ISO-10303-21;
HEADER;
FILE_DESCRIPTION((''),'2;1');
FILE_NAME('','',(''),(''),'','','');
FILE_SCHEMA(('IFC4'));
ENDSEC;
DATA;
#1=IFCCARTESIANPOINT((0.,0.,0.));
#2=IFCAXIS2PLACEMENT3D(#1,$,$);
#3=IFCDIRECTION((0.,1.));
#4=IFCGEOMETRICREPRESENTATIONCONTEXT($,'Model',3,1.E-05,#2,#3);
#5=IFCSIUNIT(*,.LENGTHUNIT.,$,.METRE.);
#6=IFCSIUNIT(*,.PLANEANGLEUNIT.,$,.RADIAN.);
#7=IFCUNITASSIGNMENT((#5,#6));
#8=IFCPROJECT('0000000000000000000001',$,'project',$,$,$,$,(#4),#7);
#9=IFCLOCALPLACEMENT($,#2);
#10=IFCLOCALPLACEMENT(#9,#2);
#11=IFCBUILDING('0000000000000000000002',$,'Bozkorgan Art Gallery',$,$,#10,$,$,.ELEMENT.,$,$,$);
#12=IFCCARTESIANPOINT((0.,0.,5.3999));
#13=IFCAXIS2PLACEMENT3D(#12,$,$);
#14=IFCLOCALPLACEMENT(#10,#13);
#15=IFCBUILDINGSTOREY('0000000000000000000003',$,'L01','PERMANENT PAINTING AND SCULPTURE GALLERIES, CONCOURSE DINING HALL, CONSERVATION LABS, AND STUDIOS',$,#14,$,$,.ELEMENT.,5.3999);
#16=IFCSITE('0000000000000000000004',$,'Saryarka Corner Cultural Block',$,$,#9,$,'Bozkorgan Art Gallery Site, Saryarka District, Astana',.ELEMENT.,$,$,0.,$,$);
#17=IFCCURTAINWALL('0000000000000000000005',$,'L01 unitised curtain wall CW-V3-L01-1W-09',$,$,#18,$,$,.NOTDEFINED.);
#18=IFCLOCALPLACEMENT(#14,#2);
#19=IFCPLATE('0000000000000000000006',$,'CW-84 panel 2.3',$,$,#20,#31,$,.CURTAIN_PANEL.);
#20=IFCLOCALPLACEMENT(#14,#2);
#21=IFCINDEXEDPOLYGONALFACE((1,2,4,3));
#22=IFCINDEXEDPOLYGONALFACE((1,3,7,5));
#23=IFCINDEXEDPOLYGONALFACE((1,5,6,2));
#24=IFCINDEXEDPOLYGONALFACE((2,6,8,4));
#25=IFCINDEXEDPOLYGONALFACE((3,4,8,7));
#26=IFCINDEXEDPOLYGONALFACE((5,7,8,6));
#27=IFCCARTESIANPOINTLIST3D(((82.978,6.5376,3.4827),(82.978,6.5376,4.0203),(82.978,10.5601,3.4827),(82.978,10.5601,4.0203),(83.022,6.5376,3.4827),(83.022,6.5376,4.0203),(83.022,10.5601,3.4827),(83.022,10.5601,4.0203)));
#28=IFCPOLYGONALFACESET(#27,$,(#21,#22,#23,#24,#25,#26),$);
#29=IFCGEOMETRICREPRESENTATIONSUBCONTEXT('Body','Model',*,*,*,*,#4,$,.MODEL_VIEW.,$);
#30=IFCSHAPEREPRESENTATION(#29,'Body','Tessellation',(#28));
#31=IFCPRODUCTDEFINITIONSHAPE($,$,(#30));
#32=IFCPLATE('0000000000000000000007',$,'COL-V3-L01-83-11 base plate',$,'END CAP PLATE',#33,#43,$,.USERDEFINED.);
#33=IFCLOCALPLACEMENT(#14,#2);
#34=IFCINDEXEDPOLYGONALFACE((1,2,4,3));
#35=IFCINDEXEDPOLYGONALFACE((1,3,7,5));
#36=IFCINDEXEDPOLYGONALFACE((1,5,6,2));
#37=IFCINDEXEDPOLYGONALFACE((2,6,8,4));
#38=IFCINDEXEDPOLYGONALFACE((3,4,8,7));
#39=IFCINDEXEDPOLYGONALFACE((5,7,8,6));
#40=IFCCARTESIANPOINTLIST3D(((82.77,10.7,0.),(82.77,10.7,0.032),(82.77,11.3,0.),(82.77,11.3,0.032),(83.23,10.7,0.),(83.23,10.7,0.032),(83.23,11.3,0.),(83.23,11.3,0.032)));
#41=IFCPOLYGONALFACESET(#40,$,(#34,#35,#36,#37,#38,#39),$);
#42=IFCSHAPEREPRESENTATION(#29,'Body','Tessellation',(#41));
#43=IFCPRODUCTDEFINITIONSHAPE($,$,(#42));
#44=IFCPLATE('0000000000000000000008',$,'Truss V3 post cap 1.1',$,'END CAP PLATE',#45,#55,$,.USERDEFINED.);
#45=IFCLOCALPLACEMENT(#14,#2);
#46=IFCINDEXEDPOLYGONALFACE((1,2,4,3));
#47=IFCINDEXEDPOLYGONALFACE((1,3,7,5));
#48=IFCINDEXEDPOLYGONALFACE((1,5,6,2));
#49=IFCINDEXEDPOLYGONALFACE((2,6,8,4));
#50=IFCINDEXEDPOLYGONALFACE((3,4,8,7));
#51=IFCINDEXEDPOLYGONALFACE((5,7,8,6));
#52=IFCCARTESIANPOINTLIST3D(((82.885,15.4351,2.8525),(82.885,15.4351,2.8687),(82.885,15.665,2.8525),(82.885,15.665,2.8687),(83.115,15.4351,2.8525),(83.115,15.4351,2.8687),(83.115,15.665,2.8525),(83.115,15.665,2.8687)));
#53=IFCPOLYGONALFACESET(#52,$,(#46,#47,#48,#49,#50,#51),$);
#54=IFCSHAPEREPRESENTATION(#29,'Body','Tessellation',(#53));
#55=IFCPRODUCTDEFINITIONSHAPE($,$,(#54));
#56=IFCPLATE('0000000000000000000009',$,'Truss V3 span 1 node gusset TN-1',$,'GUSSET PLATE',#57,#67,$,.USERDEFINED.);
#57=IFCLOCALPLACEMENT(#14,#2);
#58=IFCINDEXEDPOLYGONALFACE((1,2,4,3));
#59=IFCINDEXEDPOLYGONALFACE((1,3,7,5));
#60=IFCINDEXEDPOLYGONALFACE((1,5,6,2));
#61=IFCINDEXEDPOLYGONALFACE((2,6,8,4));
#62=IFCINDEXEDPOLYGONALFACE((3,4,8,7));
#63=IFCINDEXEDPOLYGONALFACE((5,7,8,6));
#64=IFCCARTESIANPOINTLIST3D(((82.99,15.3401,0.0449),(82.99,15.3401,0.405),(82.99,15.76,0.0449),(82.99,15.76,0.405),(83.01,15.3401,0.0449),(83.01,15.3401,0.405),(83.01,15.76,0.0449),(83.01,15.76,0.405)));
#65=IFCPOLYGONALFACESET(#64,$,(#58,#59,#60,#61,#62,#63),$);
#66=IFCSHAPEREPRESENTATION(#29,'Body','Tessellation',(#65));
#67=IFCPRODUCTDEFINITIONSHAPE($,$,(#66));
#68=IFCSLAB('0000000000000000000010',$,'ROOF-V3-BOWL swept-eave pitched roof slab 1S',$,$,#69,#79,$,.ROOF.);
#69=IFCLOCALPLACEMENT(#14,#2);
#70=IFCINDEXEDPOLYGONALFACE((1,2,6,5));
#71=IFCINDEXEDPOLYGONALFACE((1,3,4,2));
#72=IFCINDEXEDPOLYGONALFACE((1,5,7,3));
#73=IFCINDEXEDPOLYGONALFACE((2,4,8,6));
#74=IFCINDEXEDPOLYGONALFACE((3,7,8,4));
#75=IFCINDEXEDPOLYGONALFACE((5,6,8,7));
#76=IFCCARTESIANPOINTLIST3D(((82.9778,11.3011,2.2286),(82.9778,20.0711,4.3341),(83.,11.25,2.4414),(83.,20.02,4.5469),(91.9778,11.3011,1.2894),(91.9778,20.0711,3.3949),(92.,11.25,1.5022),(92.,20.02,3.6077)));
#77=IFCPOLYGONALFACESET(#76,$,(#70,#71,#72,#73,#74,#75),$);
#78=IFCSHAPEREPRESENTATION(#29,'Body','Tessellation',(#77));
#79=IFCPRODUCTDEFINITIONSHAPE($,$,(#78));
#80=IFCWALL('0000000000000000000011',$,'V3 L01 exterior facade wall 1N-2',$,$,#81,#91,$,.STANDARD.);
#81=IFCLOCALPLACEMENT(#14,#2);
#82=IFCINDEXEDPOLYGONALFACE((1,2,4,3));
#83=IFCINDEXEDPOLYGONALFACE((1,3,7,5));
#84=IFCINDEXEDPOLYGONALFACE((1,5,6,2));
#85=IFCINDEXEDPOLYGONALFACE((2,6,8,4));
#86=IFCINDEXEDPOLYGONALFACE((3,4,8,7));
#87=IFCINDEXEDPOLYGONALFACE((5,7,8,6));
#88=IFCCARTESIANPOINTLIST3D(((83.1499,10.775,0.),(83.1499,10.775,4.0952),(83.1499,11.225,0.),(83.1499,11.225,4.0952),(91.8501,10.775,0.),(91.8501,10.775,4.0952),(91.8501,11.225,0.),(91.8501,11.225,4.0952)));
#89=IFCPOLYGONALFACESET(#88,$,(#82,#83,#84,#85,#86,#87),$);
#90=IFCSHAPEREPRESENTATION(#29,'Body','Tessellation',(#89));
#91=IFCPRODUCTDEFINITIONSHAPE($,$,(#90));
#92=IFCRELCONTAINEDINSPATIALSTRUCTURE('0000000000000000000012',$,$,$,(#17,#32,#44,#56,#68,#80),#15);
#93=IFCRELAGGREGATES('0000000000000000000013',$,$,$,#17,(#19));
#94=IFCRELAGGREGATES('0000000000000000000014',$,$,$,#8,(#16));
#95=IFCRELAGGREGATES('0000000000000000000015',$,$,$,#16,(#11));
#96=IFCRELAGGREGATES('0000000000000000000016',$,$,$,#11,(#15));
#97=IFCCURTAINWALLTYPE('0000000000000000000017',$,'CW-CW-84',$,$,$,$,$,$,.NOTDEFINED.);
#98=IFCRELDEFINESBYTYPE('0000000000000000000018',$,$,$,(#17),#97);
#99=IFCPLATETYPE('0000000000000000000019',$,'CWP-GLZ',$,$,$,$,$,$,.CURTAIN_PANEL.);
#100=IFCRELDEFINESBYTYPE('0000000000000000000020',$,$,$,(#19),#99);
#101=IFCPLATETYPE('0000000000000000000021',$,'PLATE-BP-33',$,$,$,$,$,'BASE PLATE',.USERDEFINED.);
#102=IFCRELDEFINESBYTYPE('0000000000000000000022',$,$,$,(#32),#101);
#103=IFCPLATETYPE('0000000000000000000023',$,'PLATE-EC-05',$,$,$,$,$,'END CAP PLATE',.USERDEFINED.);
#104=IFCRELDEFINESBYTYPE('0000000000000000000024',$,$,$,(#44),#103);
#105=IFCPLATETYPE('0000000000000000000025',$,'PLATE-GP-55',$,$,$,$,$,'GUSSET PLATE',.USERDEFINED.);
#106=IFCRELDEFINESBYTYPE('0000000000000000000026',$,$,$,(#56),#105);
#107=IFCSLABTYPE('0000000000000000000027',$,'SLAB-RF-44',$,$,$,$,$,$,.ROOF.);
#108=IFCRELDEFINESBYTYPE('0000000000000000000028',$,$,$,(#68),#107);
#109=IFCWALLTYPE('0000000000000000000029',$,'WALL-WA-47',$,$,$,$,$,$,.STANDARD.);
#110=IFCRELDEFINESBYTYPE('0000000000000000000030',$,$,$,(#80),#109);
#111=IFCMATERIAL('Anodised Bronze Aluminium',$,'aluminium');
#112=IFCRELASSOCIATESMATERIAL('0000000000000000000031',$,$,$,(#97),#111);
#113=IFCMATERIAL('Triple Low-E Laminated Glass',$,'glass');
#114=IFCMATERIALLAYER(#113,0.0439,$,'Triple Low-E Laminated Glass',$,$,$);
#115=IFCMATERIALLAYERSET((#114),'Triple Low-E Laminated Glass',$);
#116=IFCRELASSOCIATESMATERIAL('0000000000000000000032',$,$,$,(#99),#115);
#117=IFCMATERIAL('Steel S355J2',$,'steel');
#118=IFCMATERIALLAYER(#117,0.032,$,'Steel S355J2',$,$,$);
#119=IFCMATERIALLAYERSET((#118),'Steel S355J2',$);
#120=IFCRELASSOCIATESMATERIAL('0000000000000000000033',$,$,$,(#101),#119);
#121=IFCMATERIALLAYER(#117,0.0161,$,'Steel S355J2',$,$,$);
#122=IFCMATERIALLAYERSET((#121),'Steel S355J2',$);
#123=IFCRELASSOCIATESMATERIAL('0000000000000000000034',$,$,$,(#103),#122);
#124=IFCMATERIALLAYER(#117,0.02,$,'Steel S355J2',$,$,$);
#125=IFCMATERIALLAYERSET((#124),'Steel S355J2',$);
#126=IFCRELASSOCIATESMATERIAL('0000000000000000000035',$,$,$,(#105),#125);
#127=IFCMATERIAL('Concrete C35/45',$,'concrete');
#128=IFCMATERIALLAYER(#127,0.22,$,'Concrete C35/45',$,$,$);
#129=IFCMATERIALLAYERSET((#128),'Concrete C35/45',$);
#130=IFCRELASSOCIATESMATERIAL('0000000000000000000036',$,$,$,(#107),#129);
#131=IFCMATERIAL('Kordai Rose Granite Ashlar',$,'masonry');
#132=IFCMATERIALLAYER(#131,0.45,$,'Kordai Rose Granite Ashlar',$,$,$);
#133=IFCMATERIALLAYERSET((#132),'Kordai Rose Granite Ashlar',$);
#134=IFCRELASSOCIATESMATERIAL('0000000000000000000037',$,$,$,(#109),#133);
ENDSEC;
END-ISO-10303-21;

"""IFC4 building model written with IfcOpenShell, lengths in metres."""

from ifc_helpers import new_model, si_unit, direction, frame, frame_2d, origin, origin_2d, place, context, subcontext, project, spatial, polyline, rectangle, outline, extrude, material, layer, layer_set, type_object, element, aggregate, save


model = new_model("IFC4")

# Units and contexts
model_context = context("Model", 3, precision=1e-05, world=origin(), true_north=direction((0.0, 1.0)))
body_context = subcontext(model_context, "Body", "Model", "MODEL_VIEW")
ifc_project = project(units=[si_unit("LENGTHUNIT", "METRE"), si_unit("PLANEANGLEUNIT", "RADIAN")], contexts=[model_context])

# Site, building, storey
site_placement = place(None, origin())
site = spatial("IfcSite", under=ifc_project, at=site_placement, Name="Saryarka Corner Cultural Block", LongName="Bozkorgan Art Gallery Site, Saryarka District, Astana", CompositionType="ELEMENT", RefElevation=0.0)
building_placement = place(site_placement, origin())
building = spatial("IfcBuilding", under=site, at=building_placement, Name="Bozkorgan Art Gallery", CompositionType="ELEMENT")
storey_placement = place(building_placement, frame((0.0, 0.0, 5.3999)))
storey = spatial("IfcBuildingStorey", under=building, at=storey_placement, Name="L01", Description="PERMANENT PAINTING AND SCULPTURE GALLERIES, CONCOURSE DINING HALL, CONSERVATION LABS, AND STUDIOS", CompositionType="ELEMENT", Elevation=5.3999)

# Shared definitions
ifc_material_1 = material(Name="Steel S355J2", Category="steel")

# Shared definitions
ifc_material_2 = material(Name="Anodised Bronze Aluminium", Category="aluminium")
curtain_wall_type = type_object("IfcCurtainWallType", Name="CW-CW-84", PredefinedType="NOTDEFINED", material=ifc_material_2)

# Curtain wall
curtain_wall_1_placement = place(storey_placement, origin())
curtain_wall_1 = element("IfcCurtainWall", 1, at=curtain_wall_1_placement, inside=storey, type_object=curtain_wall_type, Name="L01 unitised curtain wall CW-V3-L01-1W-09", PredefinedType="NOTDEFINED")

# Plate
ifc_material_3 = material(Name="Triple Low-E Laminated Glass", Category="glass")
ifc_layer_1 = layer(ifc_material_3, 0.0439, Name="Triple Low-E Laminated Glass")
ifc_layer_set_1 = layer_set([ifc_layer_1], Name="Triple Low-E Laminated Glass")
plate_type_1 = type_object("IfcPlateType", Name="CWP-GLZ", PredefinedType="CURTAIN_PANEL", material=ifc_layer_set_1)
plate_1_placement = place(storey_placement, frame((83.0, 8.5488, 3.4827), z_axis=(0.0, 0.0, 1.0), x_axis=(0.0, 1.0, 0.0)))
plate_1 = element("IfcPlate", 2, at=plate_1_placement, type_object=plate_type_1, Name="CW-84 panel 2.3", PredefinedType="CURTAIN_PANEL", context=body_context, shape_type="SweptSolid", body=[
    extrude(rectangle(XDim=4.0225, YDim=0.0439, at=origin_2d()), origin(), (0.0, 0.0, 1.0), 0.5376),
])
aggregate(curtain_wall_1, [plate_1])

# Plates
ifc_layer_2 = layer(ifc_material_1, 0.032, Name="Steel S355J2")
ifc_layer_set_2 = layer_set([ifc_layer_2], Name="Steel S355J2")
plate_type_2 = type_object("IfcPlateType", Name="PLATE-BP-33", ElementType="BASE PLATE", PredefinedType="USERDEFINED", material=ifc_layer_set_2)
plate_2_placement = place(storey_placement, frame((83.0, 11.0, 0.0), z_axis=(0.0, 0.0, 1.0), x_axis=(1.0, 0.0, 0.0)))
element("IfcPlate", 3, at=plate_2_placement, inside=storey, type_object=plate_type_2, Name="COL-V3-L01-83-11 base plate", ObjectType="END CAP PLATE", PredefinedType="USERDEFINED", context=body_context, shape_type="SweptSolid", body=[
    extrude(rectangle(XDim=0.46, YDim=0.6001, at=origin_2d()), origin(), (0.0, 0.0, 1.0), 0.032),
])
ifc_layer_3 = layer(ifc_material_1, 0.0161, Name="Steel S355J2")
ifc_layer_set_3 = layer_set([ifc_layer_3], Name="Steel S355J2")
plate_type_3 = type_object("IfcPlateType", Name="PLATE-EC-05", ElementType="END CAP PLATE", PredefinedType="USERDEFINED", material=ifc_layer_set_3)
plate_3_placement = place(storey_placement, frame((83.0, 15.55, 2.8525), z_axis=(0.0, 0.0, 1.0), x_axis=(1.0, 0.0, 0.0)))
element("IfcPlate", 4, at=plate_3_placement, inside=storey, type_object=plate_type_3, Name="Truss V3 post cap 1.1", ObjectType="END CAP PLATE", PredefinedType="USERDEFINED", context=body_context, shape_type="SweptSolid", body=[
    extrude(rectangle(XDim=0.23, YDim=0.23, at=origin_2d()), origin(), (0.0, 0.0, 1.0), 0.0161),
])
ifc_layer_4 = layer(ifc_material_1, 0.02, Name="Steel S355J2")
ifc_layer_set_4 = layer_set([ifc_layer_4], Name="Steel S355J2")
plate_type_4 = type_object("IfcPlateType", Name="PLATE-GP-55", ElementType="GUSSET PLATE", PredefinedType="USERDEFINED", material=ifc_layer_set_4)
plate_4_placement = place(storey_placement, frame((83.0, 15.55, 0.0449), z_axis=(0.0, 0.0, 1.0), x_axis=(1.0, 0.0, 0.0)))
element("IfcPlate", 5, at=plate_4_placement, inside=storey, type_object=plate_type_4, Name="Truss V3 span 1 node gusset TN-1", ObjectType="GUSSET PLATE", PredefinedType="USERDEFINED", context=body_context, shape_type="SweptSolid", body=[
    extrude(rectangle(XDim=0.02, YDim=0.4199, at=origin_2d()), origin(), (0.0, 0.0, 1.0), 0.3601),
])

# Slab
ifc_material_4 = material(Name="Concrete C35/45", Category="concrete")
ifc_layer_5 = layer(ifc_material_4, 0.22, Name="Concrete C35/45")
ifc_layer_set_5 = layer_set([ifc_layer_5], Name="Concrete C35/45")
slab_type = type_object("IfcSlabType", Name="SLAB-RF-44", PredefinedType="ROOF", material=ifc_layer_set_5)
slab_placement = place(storey_placement, frame((83.0, 11.25, 2.4414), z_axis=(0.100955, -0.23225, 0.967403), x_axis=(0.994599, 0.0, -0.103793)))
element("IfcSlab", 6, at=slab_placement, inside=storey, type_object=slab_type, Name="ROOF-V3-BOWL swept-eave pitched roof slab 1S", PredefinedType="ROOF", context=body_context, shape_type="SweptSolid", body=[
    extrude(outline(polyline([(0.0, 0.0), (9.0489, 0.0), (8.8303, 9.0166), (-0.2185, 9.0166), (0.0, 0.0)])), origin(), (0.0, 0.0, -1.0), 0.22),
])

# Wall
ifc_material_5 = material(Name="Kordai Rose Granite Ashlar", Category="masonry")
ifc_layer_6 = layer(ifc_material_5, 0.45, Name="Kordai Rose Granite Ashlar")
ifc_layer_set_6 = layer_set([ifc_layer_6], Name="Kordai Rose Granite Ashlar")
wall_type = type_object("IfcWallType", Name="WALL-WA-47", PredefinedType="STANDARD", material=ifc_layer_set_6)
wall_placement = place(storey_placement, frame((83.1499, 11.0, 0.0), z_axis=(0.0, 0.0, 1.0), x_axis=(1.0, 0.0, 0.0)))
element("IfcWall", 7, at=wall_placement, inside=storey, type_object=wall_type, Name="V3 L01 exterior facade wall 1N-2", PredefinedType="STANDARD", context=body_context, shape_type="SweptSolid", body=[
    extrude(rectangle(XDim=8.7002, YDim=0.45, at=frame_2d((4.3501, 0.0))), origin(), (0.0, 0.0, 1.0), 4.0952),
])

save(model, "model.ifc")
